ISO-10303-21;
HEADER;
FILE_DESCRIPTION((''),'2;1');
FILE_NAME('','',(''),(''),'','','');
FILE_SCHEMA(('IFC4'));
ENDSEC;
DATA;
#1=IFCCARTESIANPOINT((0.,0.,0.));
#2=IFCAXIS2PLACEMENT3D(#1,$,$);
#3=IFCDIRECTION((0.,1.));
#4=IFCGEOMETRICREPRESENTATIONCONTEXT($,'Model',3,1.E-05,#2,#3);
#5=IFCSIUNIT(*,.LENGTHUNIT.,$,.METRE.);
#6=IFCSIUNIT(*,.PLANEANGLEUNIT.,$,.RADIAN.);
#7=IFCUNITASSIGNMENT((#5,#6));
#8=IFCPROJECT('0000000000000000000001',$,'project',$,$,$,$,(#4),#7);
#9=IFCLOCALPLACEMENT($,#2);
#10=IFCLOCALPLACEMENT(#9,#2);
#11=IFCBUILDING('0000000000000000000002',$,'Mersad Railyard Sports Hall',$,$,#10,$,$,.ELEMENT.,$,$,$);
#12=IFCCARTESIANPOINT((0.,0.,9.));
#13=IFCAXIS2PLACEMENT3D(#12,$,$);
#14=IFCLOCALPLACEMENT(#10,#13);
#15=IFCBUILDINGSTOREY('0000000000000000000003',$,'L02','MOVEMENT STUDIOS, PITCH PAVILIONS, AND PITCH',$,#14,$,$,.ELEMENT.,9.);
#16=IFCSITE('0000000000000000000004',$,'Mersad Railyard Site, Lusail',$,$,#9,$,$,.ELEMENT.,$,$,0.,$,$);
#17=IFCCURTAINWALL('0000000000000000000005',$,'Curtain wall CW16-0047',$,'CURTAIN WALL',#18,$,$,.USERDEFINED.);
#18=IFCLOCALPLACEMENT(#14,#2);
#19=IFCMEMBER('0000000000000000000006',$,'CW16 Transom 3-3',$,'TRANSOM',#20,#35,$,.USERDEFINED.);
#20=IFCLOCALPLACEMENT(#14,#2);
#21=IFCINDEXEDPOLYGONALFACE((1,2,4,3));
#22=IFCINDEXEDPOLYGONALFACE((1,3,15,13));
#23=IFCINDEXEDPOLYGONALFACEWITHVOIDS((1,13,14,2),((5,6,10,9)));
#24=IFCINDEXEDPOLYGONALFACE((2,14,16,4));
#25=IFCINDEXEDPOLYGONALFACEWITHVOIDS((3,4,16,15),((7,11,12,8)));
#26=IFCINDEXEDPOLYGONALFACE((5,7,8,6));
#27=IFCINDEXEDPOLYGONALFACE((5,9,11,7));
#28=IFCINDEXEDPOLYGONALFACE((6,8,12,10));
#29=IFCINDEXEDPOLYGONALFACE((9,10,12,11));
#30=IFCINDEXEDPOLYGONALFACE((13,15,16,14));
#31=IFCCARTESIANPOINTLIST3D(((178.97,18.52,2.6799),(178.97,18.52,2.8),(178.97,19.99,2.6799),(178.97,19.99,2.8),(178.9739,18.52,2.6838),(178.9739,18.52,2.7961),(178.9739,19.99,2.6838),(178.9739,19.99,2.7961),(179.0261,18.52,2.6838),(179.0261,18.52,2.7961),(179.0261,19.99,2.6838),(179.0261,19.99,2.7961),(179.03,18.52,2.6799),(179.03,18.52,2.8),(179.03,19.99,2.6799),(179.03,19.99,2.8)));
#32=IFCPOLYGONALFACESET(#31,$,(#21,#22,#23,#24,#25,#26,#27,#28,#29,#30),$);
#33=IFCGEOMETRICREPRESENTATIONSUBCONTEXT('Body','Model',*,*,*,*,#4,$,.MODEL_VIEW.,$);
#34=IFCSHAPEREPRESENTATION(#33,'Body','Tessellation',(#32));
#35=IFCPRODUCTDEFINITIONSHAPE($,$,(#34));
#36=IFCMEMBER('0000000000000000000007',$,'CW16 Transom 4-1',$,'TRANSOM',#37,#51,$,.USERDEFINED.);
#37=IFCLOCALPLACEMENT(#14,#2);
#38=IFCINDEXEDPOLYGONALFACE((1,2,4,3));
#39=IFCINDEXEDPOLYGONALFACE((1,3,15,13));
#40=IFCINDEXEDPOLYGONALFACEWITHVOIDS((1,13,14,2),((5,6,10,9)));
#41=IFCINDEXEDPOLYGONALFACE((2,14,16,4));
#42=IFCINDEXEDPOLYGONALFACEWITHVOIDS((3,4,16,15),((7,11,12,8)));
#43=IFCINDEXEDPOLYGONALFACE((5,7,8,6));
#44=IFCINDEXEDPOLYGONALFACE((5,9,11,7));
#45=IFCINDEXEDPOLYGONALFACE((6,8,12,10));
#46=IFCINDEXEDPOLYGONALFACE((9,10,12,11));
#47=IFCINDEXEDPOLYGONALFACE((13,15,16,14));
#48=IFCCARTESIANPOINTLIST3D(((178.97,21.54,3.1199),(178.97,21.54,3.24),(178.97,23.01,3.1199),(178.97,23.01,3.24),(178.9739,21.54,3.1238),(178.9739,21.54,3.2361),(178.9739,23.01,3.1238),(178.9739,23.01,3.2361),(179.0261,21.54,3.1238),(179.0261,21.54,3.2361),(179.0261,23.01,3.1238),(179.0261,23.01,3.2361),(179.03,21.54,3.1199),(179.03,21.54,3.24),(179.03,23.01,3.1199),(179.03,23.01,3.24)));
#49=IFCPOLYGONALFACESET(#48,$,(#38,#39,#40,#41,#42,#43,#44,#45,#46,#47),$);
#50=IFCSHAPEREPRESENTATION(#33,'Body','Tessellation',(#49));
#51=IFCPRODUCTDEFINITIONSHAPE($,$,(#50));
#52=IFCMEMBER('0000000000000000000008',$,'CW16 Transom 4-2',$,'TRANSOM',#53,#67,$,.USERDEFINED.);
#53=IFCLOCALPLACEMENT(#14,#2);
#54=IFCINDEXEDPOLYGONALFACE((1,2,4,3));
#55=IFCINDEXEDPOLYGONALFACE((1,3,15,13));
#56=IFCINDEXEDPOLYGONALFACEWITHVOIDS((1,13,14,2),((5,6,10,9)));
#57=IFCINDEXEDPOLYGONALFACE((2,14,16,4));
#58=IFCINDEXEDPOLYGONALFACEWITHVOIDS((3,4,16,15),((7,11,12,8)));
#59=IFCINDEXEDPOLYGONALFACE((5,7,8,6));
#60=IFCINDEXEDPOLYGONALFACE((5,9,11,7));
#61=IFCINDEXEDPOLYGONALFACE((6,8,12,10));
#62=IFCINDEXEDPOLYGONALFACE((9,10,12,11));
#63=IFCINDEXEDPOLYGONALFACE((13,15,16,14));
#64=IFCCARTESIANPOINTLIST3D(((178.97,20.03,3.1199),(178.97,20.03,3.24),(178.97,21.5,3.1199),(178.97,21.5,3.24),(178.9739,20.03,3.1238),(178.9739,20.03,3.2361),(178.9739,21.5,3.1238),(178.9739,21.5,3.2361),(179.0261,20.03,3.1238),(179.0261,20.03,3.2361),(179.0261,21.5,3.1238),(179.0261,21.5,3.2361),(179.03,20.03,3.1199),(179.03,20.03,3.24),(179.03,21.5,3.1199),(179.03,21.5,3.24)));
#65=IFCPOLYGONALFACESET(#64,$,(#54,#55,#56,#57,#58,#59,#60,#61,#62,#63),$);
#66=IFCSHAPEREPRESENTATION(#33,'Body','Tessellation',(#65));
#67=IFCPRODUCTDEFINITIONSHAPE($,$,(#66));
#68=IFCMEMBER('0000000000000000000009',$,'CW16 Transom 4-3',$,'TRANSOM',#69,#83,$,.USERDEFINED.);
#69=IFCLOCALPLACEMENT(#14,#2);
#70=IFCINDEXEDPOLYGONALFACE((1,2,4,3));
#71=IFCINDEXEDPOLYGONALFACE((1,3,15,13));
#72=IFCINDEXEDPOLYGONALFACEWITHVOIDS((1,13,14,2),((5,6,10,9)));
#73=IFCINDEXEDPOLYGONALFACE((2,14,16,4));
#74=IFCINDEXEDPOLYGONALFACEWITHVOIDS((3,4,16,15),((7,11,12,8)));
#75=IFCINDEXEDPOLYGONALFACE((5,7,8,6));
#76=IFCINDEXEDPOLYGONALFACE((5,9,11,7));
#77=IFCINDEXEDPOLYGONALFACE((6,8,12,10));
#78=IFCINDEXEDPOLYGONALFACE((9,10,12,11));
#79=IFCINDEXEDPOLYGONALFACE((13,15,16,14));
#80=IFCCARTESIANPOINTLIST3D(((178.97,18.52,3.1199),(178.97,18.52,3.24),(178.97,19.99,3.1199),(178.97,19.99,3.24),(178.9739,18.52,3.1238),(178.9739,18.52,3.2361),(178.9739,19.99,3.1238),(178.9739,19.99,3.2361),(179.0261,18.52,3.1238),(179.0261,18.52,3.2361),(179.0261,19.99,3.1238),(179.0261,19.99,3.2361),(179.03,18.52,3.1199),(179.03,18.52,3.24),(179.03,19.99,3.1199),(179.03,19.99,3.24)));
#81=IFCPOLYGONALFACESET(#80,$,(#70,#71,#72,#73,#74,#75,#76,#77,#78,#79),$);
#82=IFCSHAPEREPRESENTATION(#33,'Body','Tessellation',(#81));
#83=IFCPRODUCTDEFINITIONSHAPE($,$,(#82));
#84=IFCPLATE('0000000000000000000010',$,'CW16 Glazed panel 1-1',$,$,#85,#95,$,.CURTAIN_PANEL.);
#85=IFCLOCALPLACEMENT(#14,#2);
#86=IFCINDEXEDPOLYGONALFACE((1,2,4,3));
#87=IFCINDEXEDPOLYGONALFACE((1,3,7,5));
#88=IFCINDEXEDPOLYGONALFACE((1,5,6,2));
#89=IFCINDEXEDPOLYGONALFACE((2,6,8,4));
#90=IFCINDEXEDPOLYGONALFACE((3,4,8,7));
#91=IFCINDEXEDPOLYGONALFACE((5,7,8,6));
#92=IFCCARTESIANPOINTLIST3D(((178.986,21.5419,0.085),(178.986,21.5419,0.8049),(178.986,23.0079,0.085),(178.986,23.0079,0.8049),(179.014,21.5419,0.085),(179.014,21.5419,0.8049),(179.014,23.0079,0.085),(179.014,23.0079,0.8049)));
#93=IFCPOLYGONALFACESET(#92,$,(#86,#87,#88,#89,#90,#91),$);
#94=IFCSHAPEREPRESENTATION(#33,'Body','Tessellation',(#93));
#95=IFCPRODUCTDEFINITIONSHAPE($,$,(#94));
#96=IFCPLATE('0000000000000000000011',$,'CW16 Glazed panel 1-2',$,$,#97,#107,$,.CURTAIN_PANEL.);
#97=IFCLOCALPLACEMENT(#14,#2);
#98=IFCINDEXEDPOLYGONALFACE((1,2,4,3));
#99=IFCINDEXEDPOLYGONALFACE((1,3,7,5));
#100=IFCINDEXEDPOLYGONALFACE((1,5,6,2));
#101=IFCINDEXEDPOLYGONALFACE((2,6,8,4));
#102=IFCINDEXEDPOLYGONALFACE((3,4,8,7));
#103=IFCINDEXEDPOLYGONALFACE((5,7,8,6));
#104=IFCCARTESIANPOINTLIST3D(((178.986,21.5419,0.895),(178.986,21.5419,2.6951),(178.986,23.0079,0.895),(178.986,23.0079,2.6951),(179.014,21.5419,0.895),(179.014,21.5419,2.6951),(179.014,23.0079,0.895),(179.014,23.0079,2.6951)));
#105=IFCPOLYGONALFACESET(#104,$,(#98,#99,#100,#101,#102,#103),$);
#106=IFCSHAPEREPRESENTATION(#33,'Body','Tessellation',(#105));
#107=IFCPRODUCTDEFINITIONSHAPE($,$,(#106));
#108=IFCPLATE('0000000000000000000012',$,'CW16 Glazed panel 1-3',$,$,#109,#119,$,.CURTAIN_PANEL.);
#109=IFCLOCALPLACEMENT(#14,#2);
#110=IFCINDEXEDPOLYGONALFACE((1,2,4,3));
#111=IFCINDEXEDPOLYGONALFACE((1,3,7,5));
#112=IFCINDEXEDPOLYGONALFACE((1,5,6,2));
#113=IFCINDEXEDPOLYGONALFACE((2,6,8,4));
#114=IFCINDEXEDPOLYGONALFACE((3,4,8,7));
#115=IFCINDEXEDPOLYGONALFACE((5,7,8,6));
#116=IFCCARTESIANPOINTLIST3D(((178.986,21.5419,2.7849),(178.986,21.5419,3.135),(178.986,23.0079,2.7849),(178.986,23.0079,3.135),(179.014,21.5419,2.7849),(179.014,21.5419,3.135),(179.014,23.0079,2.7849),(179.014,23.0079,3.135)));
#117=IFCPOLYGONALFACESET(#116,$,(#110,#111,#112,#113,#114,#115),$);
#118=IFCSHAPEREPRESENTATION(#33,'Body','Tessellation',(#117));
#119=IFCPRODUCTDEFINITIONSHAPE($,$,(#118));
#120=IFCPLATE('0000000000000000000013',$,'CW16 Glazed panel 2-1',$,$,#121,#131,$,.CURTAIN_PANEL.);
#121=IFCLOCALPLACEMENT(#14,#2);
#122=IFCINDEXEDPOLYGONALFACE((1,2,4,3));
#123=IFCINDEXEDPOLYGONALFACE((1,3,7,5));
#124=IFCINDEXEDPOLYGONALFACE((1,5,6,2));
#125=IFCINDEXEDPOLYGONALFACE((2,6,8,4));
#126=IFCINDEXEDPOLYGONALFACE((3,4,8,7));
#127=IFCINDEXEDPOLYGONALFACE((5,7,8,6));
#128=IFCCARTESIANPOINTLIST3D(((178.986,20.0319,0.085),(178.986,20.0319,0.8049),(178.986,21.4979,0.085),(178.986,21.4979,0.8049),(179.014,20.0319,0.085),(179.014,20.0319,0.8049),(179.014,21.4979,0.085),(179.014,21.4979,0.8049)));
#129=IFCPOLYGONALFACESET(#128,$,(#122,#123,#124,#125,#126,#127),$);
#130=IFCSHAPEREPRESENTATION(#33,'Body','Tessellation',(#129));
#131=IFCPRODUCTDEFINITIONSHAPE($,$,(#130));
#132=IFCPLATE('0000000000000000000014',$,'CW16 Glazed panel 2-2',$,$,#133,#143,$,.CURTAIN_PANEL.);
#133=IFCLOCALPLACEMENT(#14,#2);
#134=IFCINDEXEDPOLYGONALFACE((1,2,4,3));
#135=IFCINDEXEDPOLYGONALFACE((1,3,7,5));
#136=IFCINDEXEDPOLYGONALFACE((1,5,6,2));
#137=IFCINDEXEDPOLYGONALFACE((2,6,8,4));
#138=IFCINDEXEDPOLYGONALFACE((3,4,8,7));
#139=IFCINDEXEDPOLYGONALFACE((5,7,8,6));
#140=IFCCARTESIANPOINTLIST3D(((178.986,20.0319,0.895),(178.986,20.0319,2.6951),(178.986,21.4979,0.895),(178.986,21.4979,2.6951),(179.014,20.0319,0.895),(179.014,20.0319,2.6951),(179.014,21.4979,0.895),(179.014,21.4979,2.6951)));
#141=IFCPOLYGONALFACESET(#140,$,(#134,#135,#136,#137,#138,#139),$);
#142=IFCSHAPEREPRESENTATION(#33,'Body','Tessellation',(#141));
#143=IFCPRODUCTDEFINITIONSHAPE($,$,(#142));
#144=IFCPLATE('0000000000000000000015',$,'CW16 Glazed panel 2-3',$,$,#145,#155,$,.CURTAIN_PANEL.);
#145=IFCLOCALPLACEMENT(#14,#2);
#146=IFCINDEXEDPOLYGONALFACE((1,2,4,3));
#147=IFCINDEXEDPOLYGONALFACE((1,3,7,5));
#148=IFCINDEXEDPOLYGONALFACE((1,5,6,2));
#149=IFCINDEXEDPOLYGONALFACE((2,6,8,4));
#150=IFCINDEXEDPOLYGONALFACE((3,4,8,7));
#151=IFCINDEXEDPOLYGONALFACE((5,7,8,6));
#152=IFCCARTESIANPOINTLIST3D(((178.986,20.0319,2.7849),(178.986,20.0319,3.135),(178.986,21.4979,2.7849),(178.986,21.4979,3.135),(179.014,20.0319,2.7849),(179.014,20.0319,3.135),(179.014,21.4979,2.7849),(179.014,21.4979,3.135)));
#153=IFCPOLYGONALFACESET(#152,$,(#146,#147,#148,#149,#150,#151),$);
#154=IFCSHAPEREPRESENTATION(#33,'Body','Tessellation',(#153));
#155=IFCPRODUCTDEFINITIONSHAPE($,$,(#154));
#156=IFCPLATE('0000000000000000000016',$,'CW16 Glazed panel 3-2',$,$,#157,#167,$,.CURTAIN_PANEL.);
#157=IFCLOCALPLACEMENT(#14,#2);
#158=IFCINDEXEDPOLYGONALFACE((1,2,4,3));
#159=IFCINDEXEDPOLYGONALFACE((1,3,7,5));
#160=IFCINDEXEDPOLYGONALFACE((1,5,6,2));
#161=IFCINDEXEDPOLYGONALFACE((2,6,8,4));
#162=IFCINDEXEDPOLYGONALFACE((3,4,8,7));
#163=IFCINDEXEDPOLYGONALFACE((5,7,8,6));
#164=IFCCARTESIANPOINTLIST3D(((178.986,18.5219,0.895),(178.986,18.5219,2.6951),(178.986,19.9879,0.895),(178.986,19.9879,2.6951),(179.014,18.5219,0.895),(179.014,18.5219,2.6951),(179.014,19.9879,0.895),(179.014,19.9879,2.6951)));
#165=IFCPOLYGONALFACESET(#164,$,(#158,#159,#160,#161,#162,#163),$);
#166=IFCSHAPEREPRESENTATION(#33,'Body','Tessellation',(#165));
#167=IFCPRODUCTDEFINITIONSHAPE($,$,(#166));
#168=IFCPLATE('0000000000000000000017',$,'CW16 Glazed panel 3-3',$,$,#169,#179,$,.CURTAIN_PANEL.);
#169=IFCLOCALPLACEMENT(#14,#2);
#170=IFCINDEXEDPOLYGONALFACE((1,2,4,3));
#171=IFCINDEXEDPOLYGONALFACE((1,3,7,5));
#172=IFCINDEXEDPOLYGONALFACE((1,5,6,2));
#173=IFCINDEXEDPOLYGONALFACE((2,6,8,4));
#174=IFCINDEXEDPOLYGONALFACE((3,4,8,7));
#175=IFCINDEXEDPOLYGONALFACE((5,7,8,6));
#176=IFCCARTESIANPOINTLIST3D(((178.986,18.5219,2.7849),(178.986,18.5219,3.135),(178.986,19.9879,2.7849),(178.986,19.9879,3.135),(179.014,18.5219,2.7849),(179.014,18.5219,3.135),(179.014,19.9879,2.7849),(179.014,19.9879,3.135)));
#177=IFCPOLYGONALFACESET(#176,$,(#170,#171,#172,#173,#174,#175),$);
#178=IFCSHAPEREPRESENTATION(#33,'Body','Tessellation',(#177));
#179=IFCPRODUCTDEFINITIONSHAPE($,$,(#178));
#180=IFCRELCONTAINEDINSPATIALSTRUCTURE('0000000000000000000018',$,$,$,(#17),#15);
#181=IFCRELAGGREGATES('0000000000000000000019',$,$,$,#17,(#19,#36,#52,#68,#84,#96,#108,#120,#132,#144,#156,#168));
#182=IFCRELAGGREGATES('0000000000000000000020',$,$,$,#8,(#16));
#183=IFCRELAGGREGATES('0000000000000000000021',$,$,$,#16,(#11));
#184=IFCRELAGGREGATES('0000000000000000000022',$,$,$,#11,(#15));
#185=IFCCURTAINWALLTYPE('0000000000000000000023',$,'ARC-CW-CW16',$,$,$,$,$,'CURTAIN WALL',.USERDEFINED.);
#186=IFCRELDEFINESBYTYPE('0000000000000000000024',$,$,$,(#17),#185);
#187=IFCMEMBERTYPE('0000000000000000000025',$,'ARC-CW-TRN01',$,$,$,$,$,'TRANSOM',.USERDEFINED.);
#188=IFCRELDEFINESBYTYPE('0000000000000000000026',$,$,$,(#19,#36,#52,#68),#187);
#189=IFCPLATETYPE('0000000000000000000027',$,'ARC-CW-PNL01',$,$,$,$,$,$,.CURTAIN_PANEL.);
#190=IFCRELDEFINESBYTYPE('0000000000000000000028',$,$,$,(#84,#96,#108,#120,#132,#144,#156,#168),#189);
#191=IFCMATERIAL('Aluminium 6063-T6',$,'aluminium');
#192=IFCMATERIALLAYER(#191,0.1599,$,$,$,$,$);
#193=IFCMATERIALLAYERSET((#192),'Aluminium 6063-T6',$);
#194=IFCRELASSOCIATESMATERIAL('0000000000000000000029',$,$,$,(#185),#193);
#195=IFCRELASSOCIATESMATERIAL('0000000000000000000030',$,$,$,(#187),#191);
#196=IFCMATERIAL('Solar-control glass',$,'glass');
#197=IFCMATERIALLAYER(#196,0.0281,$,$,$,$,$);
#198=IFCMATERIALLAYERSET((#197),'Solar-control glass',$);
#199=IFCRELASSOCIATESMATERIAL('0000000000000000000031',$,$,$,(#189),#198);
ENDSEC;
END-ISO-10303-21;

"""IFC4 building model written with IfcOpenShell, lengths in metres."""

from ifc_helpers import new_model, si_unit, direction, frame, origin, origin_2d, place, context, subcontext, project, spatial, rectangle, hollow_rectangle, extrude, material, layer, layer_set, material_profile, profile_set, type_object, element, aggregate, save


model = new_model("IFC4")

# Units and contexts
model_context = context("Model", 3, precision=1e-05, world=origin(), true_north=direction((0.0, 1.0)))
body_context = subcontext(model_context, "Body", "Model", "MODEL_VIEW")
ifc_project = project(units=[si_unit("LENGTHUNIT", "METRE"), si_unit("PLANEANGLEUNIT", "RADIAN")], contexts=[model_context])

# Site, building, storey
site_placement = place(None, origin())
site = spatial("IfcSite", under=ifc_project, at=site_placement, Name="Mersad Railyard Site, Lusail", CompositionType="ELEMENT", RefElevation=0.0)
building_placement = place(site_placement, origin())
building = spatial("IfcBuilding", under=site, at=building_placement, Name="Mersad Railyard Sports Hall", CompositionType="ELEMENT")
storey_placement = place(building_placement, frame((0.0, 0.0, 9.0)))
storey = spatial("IfcBuildingStorey", under=building, at=storey_placement, Name="L02", Description="MOVEMENT STUDIOS, PITCH PAVILIONS, AND PITCH", CompositionType="ELEMENT", Elevation=9.0)

# Curtain wall, members, plates
ifc_material_1 = material(Name="Aluminium 6063-T6", Category="aluminium")
ifc_layer_1 = layer(ifc_material_1, 0.1599)
ifc_layer_set_1 = layer_set([ifc_layer_1], Name="Aluminium 6063-T6")
curtain_wall_type = type_object("IfcCurtainWallType", Name="ARC-CW-CW16", ElementType="CURTAIN WALL", PredefinedType="USERDEFINED", material=ifc_layer_set_1)
curtain_wall_placement = place(storey_placement, origin())
curtain_wall = element("IfcCurtainWall", 1, at=curtain_wall_placement, inside=storey, type_object=curtain_wall_type, Name="Curtain wall CW16-0047", ObjectType="CURTAIN WALL", PredefinedType="USERDEFINED")
ifc_material_profile_1 = material_profile(ifc_material_1, hollow_rectangle(XDim=0.0601, YDim=0.1201, WallThickness=0.0039, at=origin_2d()), Name="AL TRANSOM 60x120x4")
ifc_profile_set_1 = profile_set([ifc_material_profile_1], Name="Aluminium 6063-T6")
member_type_1 = type_object("IfcMemberType", Name="ARC-CW-TRN01", ElementType="TRANSOM", PredefinedType="USERDEFINED", material=ifc_profile_set_1)
member_1_placement = place(storey_placement, frame((179.0, 19.99, 2.74), z_axis=(0.0, -1.0, 0.0), x_axis=(1.0, 0.0, 0.0)))
member_1 = element("IfcMember", 2, at=member_1_placement, type_object=member_type_1, Name="CW16 Transom 3-3", ObjectType="TRANSOM", PredefinedType="USERDEFINED", context=body_context, shape_type="SweptSolid", body=[
    extrude(hollow_rectangle(XDim=0.0601, YDim=0.1201, WallThickness=0.0039, at=origin_2d()), origin(), (0.0, 0.0, 1.0), 1.47),
])
member_2_placement = place(storey_placement, frame((179.0, 23.01, 3.1799), z_axis=(0.0, -1.0, 0.0), x_axis=(1.0, 0.0, 0.0)))
member_2 = element("IfcMember", 3, at=member_2_placement, type_object=member_type_1, Name="CW16 Transom 4-1", ObjectType="TRANSOM", PredefinedType="USERDEFINED", context=body_context, shape_type="SweptSolid", body=[
    extrude(hollow_rectangle(XDim=0.0601, YDim=0.1201, WallThickness=0.0039, at=origin_2d()), origin(), (0.0, 0.0, 1.0), 1.47),
])
member_3_placement = place(storey_placement, frame((179.0, 21.5, 3.1799), z_axis=(0.0, -1.0, 0.0), x_axis=(1.0, 0.0, 0.0)))
member_3 = element("IfcMember", 4, at=member_3_placement, type_object=member_type_1, Name="CW16 Transom 4-2", ObjectType="TRANSOM", PredefinedType="USERDEFINED", context=body_context, shape_type="SweptSolid", body=[
    extrude(hollow_rectangle(XDim=0.0601, YDim=0.1201, WallThickness=0.0039, at=origin_2d()), origin(), (0.0, 0.0, 1.0), 1.47),
])
member_4_placement = place(storey_placement, frame((179.0, 19.99, 3.1799), z_axis=(0.0, -1.0, 0.0), x_axis=(1.0, 0.0, 0.0)))
member_4 = element("IfcMember", 5, at=member_4_placement, type_object=member_type_1, Name="CW16 Transom 4-3", ObjectType="TRANSOM", PredefinedType="USERDEFINED", context=body_context, shape_type="SweptSolid", body=[
    extrude(hollow_rectangle(XDim=0.0601, YDim=0.1201, WallThickness=0.0039, at=origin_2d()), origin(), (0.0, 0.0, 1.0), 1.47),
])
ifc_material_2 = material(Name="Solar-control glass", Category="glass")
ifc_layer_2 = layer(ifc_material_2, 0.0281)
ifc_layer_set_2 = layer_set([ifc_layer_2], Name="Solar-control glass")
plate_type = type_object("IfcPlateType", Name="ARC-CW-PNL01", PredefinedType="CURTAIN_PANEL", material=ifc_layer_set_2)
plate_1_placement = place(storey_placement, frame((179.0, 22.2749, 0.085), z_axis=(0.0, 0.0, 1.0), x_axis=(0.0, -1.0, 0.0)))
plate_1 = element("IfcPlate", 6, at=plate_1_placement, type_object=plate_type, Name="CW16 Glazed panel 1-1", PredefinedType="CURTAIN_PANEL", context=body_context, shape_type="SweptSolid", body=[
    extrude(rectangle(XDim=1.4661, YDim=0.0281, at=origin_2d()), origin(), (0.0, 0.0, 1.0), 0.72),
])
plate_2_placement = place(storey_placement, frame((179.0, 22.2749, 0.895), z_axis=(0.0, 0.0, 1.0), x_axis=(0.0, -1.0, 0.0)))
plate_2 = element("IfcPlate", 7, at=plate_2_placement, type_object=plate_type, Name="CW16 Glazed panel 1-2", PredefinedType="CURTAIN_PANEL", context=body_context, shape_type="SweptSolid", body=[
    extrude(rectangle(XDim=1.4661, YDim=0.0281, at=origin_2d()), origin(), (0.0, 0.0, 1.0), 1.8),
])
plate_3_placement = place(storey_placement, frame((179.0, 22.2749, 2.7849), z_axis=(0.0, 0.0, 1.0), x_axis=(0.0, -1.0, 0.0)))
plate_3 = element("IfcPlate", 8, at=plate_3_placement, type_object=plate_type, Name="CW16 Glazed panel 1-3", PredefinedType="CURTAIN_PANEL", context=body_context, shape_type="SweptSolid", body=[
    extrude(rectangle(XDim=1.4661, YDim=0.0281, at=origin_2d()), origin(), (0.0, 0.0, 1.0), 0.3501),
])
plate_4_placement = place(storey_placement, frame((179.0, 20.7649, 0.085), z_axis=(0.0, 0.0, 1.0), x_axis=(0.0, -1.0, 0.0)))
plate_4 = element("IfcPlate", 9, at=plate_4_placement, type_object=plate_type, Name="CW16 Glazed panel 2-1", PredefinedType="CURTAIN_PANEL", context=body_context, shape_type="SweptSolid", body=[
    extrude(rectangle(XDim=1.4661, YDim=0.0281, at=origin_2d()), origin(), (0.0, 0.0, 1.0), 0.72),
])
plate_5_placement = place(storey_placement, frame((179.0, 20.7649, 0.895), z_axis=(0.0, 0.0, 1.0), x_axis=(0.0, -1.0, 0.0)))
plate_5 = element("IfcPlate", 10, at=plate_5_placement, type_object=plate_type, Name="CW16 Glazed panel 2-2", PredefinedType="CURTAIN_PANEL", context=body_context, shape_type="SweptSolid", body=[
    extrude(rectangle(XDim=1.4661, YDim=0.0281, at=origin_2d()), origin(), (0.0, 0.0, 1.0), 1.8),
])
plate_6_placement = place(storey_placement, frame((179.0, 20.7649, 2.7849), z_axis=(0.0, 0.0, 1.0), x_axis=(0.0, -1.0, 0.0)))
plate_6 = element("IfcPlate", 11, at=plate_6_placement, type_object=plate_type, Name="CW16 Glazed panel 2-3", PredefinedType="CURTAIN_PANEL", context=body_context, shape_type="SweptSolid", body=[
    extrude(rectangle(XDim=1.4661, YDim=0.0281, at=origin_2d()), origin(), (0.0, 0.0, 1.0), 0.3501),
])
plate_7_placement = place(storey_placement, frame((179.0, 19.2549, 0.895), z_axis=(0.0, 0.0, 1.0), x_axis=(0.0, -1.0, 0.0)))
plate_7 = element("IfcPlate", 12, at=plate_7_placement, type_object=plate_type, Name="CW16 Glazed panel 3-2", PredefinedType="CURTAIN_PANEL", context=body_context, shape_type="SweptSolid", body=[
    extrude(rectangle(XDim=1.4661, YDim=0.0281, at=origin_2d()), origin(), (0.0, 0.0, 1.0), 1.8),
])
plate_8_placement = place(storey_placement, frame((179.0, 19.2549, 2.7849), z_axis=(0.0, 0.0, 1.0), x_axis=(0.0, -1.0, 0.0)))
plate_8 = element("IfcPlate", 13, at=plate_8_placement, type_object=plate_type, Name="CW16 Glazed panel 3-3", PredefinedType="CURTAIN_PANEL", context=body_context, shape_type="SweptSolid", body=[
    extrude(rectangle(XDim=1.4661, YDim=0.0281, at=origin_2d()), origin(), (0.0, 0.0, 1.0), 0.3501),
])
aggregate(curtain_wall, [member_1, member_2, member_3, member_4, plate_1, plate_2, plate_3, plate_4, plate_5, plate_6, plate_7, plate_8])

save(model, "model.ifc")
